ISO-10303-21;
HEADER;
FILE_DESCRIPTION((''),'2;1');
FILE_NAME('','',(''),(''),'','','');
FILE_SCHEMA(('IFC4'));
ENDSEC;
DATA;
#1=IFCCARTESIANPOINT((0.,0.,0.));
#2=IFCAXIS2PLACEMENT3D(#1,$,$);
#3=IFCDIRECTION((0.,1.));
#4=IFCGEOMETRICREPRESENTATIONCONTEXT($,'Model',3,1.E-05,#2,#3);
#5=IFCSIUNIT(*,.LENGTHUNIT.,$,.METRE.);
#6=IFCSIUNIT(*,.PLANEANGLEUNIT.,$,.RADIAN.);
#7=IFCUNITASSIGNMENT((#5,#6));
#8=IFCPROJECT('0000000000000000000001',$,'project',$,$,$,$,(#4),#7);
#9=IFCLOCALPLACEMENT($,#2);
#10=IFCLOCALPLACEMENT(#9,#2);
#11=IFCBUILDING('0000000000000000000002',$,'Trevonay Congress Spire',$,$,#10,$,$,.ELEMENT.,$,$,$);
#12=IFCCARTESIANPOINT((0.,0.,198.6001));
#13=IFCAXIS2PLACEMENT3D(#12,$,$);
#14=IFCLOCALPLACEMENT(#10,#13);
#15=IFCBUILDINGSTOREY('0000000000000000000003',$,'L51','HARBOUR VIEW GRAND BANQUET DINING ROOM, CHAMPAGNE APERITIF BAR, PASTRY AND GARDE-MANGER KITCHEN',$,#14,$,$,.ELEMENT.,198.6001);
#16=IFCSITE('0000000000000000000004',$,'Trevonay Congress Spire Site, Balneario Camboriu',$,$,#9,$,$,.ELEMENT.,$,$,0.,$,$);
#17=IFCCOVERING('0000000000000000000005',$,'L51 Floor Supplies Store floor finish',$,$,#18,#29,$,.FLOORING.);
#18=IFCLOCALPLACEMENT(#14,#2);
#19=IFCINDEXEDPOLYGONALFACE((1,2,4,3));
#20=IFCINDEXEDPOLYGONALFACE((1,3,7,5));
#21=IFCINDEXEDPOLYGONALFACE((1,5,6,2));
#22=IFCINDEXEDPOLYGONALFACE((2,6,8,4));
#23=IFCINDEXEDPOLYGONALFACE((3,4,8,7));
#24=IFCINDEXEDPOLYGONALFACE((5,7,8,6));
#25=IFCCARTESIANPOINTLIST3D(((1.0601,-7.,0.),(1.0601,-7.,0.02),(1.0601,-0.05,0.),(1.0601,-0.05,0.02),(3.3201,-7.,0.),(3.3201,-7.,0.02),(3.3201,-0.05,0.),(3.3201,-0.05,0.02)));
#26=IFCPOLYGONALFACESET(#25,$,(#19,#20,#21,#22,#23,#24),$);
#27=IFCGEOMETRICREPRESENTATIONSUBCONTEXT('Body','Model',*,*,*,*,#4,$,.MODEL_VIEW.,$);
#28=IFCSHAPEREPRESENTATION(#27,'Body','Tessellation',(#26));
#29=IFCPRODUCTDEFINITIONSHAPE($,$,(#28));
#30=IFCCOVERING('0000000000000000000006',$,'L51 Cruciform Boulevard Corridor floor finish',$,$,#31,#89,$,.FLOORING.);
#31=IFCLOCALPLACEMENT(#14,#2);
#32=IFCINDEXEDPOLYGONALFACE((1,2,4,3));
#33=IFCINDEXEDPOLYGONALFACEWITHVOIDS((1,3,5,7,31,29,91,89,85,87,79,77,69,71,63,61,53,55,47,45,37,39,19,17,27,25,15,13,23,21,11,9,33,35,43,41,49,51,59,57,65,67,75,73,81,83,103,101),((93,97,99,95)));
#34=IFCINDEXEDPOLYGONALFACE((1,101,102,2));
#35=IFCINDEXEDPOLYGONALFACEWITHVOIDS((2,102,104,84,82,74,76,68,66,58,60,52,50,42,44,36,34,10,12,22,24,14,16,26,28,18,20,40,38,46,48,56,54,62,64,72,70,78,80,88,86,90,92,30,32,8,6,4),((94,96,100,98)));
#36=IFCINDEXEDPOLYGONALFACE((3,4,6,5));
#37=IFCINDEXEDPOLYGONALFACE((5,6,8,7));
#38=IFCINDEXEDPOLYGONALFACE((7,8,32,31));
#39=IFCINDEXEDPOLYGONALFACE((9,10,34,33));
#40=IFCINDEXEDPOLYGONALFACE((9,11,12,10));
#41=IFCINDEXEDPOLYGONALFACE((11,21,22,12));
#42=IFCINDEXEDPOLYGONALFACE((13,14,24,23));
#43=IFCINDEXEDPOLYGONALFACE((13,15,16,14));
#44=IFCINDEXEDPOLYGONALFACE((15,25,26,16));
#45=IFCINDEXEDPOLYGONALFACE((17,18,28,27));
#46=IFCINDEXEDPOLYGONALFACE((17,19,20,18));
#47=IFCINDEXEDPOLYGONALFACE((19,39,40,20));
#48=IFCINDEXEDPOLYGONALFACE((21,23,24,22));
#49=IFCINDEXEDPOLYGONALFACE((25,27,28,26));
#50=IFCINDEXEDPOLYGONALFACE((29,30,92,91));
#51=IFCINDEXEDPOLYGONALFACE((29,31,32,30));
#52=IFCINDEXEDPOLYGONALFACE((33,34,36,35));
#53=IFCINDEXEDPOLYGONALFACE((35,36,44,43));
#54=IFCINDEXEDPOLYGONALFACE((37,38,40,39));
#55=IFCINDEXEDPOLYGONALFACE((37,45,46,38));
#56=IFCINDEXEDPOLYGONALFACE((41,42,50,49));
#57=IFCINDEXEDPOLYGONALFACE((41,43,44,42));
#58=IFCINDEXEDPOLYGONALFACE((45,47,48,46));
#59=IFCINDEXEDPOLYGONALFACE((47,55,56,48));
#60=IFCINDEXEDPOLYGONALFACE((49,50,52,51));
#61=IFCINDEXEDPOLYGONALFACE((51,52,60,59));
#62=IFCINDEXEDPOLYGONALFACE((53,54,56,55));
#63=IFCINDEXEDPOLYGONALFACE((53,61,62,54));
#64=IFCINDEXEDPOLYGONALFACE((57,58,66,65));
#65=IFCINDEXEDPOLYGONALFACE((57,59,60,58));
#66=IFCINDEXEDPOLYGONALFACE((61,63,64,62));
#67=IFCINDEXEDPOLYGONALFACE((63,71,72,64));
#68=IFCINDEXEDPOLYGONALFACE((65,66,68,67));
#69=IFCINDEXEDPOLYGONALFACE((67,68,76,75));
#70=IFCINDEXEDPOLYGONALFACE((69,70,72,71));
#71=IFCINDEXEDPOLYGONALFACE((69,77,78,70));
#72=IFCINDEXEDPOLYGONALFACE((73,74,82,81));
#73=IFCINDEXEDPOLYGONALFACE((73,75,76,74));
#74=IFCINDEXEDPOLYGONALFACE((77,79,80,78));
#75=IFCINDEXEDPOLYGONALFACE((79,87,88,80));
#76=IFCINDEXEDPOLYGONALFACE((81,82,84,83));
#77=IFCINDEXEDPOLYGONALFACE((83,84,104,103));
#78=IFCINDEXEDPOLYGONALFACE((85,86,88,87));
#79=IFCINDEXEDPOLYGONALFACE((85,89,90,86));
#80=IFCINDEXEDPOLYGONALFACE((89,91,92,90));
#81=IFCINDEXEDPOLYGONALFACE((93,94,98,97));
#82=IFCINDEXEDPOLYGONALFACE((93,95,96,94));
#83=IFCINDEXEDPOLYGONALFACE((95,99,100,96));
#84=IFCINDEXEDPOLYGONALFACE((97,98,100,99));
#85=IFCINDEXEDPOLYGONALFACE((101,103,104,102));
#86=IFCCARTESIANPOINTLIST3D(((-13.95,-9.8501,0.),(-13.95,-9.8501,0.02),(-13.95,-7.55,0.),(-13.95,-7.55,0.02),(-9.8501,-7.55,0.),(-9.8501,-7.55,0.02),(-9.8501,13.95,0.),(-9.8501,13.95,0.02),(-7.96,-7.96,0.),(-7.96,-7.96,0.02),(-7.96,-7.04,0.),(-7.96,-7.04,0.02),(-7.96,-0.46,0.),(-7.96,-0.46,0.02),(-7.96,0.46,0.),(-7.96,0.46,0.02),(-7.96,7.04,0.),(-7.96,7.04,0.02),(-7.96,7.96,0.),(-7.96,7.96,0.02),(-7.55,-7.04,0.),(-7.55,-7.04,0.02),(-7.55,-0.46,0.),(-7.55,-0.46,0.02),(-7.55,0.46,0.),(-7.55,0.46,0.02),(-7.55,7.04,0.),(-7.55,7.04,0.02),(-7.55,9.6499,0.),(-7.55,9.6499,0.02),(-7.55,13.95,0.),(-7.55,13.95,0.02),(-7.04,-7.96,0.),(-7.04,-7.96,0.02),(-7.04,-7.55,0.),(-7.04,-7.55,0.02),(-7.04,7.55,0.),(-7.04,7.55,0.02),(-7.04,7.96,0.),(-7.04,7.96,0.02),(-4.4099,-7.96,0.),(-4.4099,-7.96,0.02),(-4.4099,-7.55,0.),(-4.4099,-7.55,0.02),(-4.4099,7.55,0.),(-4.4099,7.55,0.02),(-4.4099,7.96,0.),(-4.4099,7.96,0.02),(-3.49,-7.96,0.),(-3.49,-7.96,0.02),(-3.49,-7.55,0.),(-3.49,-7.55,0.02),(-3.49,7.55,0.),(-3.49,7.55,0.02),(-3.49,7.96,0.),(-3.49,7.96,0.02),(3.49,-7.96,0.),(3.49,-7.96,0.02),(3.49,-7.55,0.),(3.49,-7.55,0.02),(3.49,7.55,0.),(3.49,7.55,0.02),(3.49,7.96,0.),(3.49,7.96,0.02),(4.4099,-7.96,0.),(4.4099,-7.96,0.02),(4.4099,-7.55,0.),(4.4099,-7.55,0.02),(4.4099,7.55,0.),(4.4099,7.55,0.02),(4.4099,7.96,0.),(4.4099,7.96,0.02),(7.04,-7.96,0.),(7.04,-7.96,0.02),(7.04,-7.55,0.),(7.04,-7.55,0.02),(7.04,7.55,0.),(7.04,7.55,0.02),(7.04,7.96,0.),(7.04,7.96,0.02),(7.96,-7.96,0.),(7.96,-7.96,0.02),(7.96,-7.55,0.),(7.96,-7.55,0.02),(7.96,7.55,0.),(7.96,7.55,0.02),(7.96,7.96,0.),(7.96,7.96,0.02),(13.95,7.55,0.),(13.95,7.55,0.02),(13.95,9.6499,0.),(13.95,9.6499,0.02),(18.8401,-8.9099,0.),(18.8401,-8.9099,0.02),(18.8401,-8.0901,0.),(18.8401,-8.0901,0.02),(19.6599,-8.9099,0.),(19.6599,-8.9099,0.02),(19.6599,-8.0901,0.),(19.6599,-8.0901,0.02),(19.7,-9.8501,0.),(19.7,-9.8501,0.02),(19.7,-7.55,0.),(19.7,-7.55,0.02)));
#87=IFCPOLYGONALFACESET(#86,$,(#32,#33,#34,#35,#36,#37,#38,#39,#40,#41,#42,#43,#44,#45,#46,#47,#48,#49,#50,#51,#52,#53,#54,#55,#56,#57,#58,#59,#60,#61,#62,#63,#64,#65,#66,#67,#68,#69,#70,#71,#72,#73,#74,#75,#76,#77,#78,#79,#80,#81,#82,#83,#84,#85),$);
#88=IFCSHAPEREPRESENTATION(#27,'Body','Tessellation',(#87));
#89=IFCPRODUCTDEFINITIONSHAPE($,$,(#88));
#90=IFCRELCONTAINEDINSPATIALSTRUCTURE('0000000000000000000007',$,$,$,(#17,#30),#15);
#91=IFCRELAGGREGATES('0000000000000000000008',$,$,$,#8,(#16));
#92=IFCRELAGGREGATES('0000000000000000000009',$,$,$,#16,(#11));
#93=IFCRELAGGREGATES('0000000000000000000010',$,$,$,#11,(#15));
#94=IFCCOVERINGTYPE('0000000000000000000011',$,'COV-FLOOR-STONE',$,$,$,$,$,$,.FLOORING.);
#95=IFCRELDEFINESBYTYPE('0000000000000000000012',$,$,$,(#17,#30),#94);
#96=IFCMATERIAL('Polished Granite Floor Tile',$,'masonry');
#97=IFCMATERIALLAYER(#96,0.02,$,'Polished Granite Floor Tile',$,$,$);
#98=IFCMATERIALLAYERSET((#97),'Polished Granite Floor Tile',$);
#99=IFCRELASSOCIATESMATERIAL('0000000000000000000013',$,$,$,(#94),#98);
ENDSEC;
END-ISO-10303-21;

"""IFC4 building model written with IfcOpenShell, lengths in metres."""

from ifc_helpers import new_model, si_unit, direction, frame, origin, place, context, subcontext, project, spatial, polyline, outline, extrude, material, layer, layer_set, type_object, element, save


model = new_model("IFC4")

# Units and contexts
model_context = context("Model", 3, precision=1e-05, world=origin(), true_north=direction((0.0, 1.0)))
body_context = subcontext(model_context, "Body", "Model", "MODEL_VIEW")
ifc_project = project(units=[si_unit("LENGTHUNIT", "METRE"), si_unit("PLANEANGLEUNIT", "RADIAN")], contexts=[model_context])

# Site, building, storey
site_placement = place(None, origin())
site = spatial("IfcSite", under=ifc_project, at=site_placement, Name="Trevonay Congress Spire Site, Balneario Camboriu", CompositionType="ELEMENT", RefElevation=0.0)
building_placement = place(site_placement, origin())
building = spatial("IfcBuilding", under=site, at=building_placement, Name="Trevonay Congress Spire", CompositionType="ELEMENT")
storey_placement = place(building_placement, frame((0.0, 0.0, 198.6001)))
storey = spatial("IfcBuildingStorey", under=building, at=storey_placement, Name="L51", Description="HARBOUR VIEW GRAND BANQUET DINING ROOM, CHAMPAGNE APERITIF BAR, PASTRY AND GARDE-MANGER KITCHEN", CompositionType="ELEMENT", Elevation=198.6001)

# Coverings
ifc_material_1 = material(Name="Polished Granite Floor Tile", Category="masonry")
ifc_layer_1 = layer(ifc_material_1, 0.02, Name="Polished Granite Floor Tile")
ifc_layer_set_1 = layer_set([ifc_layer_1], Name="Polished Granite Floor Tile")
covering_type_1 = type_object("IfcCoveringType", Name="COV-FLOOR-STONE", PredefinedType="FLOORING", material=ifc_layer_set_1)
covering_1_placement = place(storey_placement, origin())
element("IfcCovering", 1, at=covering_1_placement, inside=storey, type_object=covering_type_1, Name="L51 Floor Supplies Store floor finish", PredefinedType="FLOORING", context=body_context, shape_type="SweptSolid", body=[
    extrude(outline(polyline([(1.0601, -7.0), (3.3201, -7.0), (3.3201, -0.05), (1.0601, -0.05), (1.0601, -7.0)])), origin(), (0.0, 0.0, 1.0), 0.02),
])
covering_2_placement = place(storey_placement, origin())
element("IfcCovering", 2, at=covering_2_placement, inside=storey, type_object=covering_type_1, Name="L51 Cruciform Boulevard Corridor floor finish", PredefinedType="FLOORING", context=body_context, shape_type="SweptSolid", body=[
    extrude(outline(polyline([(19.7, -7.55), (19.7, -9.8501), (-13.95, -9.8501), (-13.95, -7.55), (-9.8501, -7.55), (-9.8501, 13.95), (-7.55, 13.95), (-7.55, 9.6499), (13.95, 9.6499), (13.95, 7.55), (7.96, 7.55), (7.96, 7.96), (7.04, 7.96), (7.04, 7.55), (4.4099, 7.55), (4.4099, 7.96), (3.49, 7.96), (3.49, 7.55), (-3.49, 7.55), (-3.49, 7.96), (-4.4099, 7.96), (-4.4099, 7.55), (-7.04, 7.55), (-7.04, 7.96), (-7.96, 7.96), (-7.96, 7.04), (-7.55, 7.04), (-7.55, 0.46), (-7.96, 0.46), (-7.96, -0.46), (-7.55, -0.46), (-7.55, -7.04), (-7.96, -7.04), (-7.96, -7.96), (-7.04, -7.96), (-7.04, -7.55), (-4.4099, -7.55), (-4.4099, -7.96), (-3.49, -7.96), (-3.49, -7.55), (3.49, -7.55), (3.49, -7.96), (4.4099, -7.96), (4.4099, -7.55), (7.04, -7.55), (7.04, -7.96), (7.96, -7.96), (7.96, -7.55), (19.7, -7.55)]), holes=[polyline([(19.6599, -8.0901), (18.8401, -8.0901), (18.8401, -8.9099), (19.6599, -8.9099), (19.6599, -8.0901)])]), origin(), (0.0, 0.0, 1.0), 0.02),
])

save(model, "model.ifc")
